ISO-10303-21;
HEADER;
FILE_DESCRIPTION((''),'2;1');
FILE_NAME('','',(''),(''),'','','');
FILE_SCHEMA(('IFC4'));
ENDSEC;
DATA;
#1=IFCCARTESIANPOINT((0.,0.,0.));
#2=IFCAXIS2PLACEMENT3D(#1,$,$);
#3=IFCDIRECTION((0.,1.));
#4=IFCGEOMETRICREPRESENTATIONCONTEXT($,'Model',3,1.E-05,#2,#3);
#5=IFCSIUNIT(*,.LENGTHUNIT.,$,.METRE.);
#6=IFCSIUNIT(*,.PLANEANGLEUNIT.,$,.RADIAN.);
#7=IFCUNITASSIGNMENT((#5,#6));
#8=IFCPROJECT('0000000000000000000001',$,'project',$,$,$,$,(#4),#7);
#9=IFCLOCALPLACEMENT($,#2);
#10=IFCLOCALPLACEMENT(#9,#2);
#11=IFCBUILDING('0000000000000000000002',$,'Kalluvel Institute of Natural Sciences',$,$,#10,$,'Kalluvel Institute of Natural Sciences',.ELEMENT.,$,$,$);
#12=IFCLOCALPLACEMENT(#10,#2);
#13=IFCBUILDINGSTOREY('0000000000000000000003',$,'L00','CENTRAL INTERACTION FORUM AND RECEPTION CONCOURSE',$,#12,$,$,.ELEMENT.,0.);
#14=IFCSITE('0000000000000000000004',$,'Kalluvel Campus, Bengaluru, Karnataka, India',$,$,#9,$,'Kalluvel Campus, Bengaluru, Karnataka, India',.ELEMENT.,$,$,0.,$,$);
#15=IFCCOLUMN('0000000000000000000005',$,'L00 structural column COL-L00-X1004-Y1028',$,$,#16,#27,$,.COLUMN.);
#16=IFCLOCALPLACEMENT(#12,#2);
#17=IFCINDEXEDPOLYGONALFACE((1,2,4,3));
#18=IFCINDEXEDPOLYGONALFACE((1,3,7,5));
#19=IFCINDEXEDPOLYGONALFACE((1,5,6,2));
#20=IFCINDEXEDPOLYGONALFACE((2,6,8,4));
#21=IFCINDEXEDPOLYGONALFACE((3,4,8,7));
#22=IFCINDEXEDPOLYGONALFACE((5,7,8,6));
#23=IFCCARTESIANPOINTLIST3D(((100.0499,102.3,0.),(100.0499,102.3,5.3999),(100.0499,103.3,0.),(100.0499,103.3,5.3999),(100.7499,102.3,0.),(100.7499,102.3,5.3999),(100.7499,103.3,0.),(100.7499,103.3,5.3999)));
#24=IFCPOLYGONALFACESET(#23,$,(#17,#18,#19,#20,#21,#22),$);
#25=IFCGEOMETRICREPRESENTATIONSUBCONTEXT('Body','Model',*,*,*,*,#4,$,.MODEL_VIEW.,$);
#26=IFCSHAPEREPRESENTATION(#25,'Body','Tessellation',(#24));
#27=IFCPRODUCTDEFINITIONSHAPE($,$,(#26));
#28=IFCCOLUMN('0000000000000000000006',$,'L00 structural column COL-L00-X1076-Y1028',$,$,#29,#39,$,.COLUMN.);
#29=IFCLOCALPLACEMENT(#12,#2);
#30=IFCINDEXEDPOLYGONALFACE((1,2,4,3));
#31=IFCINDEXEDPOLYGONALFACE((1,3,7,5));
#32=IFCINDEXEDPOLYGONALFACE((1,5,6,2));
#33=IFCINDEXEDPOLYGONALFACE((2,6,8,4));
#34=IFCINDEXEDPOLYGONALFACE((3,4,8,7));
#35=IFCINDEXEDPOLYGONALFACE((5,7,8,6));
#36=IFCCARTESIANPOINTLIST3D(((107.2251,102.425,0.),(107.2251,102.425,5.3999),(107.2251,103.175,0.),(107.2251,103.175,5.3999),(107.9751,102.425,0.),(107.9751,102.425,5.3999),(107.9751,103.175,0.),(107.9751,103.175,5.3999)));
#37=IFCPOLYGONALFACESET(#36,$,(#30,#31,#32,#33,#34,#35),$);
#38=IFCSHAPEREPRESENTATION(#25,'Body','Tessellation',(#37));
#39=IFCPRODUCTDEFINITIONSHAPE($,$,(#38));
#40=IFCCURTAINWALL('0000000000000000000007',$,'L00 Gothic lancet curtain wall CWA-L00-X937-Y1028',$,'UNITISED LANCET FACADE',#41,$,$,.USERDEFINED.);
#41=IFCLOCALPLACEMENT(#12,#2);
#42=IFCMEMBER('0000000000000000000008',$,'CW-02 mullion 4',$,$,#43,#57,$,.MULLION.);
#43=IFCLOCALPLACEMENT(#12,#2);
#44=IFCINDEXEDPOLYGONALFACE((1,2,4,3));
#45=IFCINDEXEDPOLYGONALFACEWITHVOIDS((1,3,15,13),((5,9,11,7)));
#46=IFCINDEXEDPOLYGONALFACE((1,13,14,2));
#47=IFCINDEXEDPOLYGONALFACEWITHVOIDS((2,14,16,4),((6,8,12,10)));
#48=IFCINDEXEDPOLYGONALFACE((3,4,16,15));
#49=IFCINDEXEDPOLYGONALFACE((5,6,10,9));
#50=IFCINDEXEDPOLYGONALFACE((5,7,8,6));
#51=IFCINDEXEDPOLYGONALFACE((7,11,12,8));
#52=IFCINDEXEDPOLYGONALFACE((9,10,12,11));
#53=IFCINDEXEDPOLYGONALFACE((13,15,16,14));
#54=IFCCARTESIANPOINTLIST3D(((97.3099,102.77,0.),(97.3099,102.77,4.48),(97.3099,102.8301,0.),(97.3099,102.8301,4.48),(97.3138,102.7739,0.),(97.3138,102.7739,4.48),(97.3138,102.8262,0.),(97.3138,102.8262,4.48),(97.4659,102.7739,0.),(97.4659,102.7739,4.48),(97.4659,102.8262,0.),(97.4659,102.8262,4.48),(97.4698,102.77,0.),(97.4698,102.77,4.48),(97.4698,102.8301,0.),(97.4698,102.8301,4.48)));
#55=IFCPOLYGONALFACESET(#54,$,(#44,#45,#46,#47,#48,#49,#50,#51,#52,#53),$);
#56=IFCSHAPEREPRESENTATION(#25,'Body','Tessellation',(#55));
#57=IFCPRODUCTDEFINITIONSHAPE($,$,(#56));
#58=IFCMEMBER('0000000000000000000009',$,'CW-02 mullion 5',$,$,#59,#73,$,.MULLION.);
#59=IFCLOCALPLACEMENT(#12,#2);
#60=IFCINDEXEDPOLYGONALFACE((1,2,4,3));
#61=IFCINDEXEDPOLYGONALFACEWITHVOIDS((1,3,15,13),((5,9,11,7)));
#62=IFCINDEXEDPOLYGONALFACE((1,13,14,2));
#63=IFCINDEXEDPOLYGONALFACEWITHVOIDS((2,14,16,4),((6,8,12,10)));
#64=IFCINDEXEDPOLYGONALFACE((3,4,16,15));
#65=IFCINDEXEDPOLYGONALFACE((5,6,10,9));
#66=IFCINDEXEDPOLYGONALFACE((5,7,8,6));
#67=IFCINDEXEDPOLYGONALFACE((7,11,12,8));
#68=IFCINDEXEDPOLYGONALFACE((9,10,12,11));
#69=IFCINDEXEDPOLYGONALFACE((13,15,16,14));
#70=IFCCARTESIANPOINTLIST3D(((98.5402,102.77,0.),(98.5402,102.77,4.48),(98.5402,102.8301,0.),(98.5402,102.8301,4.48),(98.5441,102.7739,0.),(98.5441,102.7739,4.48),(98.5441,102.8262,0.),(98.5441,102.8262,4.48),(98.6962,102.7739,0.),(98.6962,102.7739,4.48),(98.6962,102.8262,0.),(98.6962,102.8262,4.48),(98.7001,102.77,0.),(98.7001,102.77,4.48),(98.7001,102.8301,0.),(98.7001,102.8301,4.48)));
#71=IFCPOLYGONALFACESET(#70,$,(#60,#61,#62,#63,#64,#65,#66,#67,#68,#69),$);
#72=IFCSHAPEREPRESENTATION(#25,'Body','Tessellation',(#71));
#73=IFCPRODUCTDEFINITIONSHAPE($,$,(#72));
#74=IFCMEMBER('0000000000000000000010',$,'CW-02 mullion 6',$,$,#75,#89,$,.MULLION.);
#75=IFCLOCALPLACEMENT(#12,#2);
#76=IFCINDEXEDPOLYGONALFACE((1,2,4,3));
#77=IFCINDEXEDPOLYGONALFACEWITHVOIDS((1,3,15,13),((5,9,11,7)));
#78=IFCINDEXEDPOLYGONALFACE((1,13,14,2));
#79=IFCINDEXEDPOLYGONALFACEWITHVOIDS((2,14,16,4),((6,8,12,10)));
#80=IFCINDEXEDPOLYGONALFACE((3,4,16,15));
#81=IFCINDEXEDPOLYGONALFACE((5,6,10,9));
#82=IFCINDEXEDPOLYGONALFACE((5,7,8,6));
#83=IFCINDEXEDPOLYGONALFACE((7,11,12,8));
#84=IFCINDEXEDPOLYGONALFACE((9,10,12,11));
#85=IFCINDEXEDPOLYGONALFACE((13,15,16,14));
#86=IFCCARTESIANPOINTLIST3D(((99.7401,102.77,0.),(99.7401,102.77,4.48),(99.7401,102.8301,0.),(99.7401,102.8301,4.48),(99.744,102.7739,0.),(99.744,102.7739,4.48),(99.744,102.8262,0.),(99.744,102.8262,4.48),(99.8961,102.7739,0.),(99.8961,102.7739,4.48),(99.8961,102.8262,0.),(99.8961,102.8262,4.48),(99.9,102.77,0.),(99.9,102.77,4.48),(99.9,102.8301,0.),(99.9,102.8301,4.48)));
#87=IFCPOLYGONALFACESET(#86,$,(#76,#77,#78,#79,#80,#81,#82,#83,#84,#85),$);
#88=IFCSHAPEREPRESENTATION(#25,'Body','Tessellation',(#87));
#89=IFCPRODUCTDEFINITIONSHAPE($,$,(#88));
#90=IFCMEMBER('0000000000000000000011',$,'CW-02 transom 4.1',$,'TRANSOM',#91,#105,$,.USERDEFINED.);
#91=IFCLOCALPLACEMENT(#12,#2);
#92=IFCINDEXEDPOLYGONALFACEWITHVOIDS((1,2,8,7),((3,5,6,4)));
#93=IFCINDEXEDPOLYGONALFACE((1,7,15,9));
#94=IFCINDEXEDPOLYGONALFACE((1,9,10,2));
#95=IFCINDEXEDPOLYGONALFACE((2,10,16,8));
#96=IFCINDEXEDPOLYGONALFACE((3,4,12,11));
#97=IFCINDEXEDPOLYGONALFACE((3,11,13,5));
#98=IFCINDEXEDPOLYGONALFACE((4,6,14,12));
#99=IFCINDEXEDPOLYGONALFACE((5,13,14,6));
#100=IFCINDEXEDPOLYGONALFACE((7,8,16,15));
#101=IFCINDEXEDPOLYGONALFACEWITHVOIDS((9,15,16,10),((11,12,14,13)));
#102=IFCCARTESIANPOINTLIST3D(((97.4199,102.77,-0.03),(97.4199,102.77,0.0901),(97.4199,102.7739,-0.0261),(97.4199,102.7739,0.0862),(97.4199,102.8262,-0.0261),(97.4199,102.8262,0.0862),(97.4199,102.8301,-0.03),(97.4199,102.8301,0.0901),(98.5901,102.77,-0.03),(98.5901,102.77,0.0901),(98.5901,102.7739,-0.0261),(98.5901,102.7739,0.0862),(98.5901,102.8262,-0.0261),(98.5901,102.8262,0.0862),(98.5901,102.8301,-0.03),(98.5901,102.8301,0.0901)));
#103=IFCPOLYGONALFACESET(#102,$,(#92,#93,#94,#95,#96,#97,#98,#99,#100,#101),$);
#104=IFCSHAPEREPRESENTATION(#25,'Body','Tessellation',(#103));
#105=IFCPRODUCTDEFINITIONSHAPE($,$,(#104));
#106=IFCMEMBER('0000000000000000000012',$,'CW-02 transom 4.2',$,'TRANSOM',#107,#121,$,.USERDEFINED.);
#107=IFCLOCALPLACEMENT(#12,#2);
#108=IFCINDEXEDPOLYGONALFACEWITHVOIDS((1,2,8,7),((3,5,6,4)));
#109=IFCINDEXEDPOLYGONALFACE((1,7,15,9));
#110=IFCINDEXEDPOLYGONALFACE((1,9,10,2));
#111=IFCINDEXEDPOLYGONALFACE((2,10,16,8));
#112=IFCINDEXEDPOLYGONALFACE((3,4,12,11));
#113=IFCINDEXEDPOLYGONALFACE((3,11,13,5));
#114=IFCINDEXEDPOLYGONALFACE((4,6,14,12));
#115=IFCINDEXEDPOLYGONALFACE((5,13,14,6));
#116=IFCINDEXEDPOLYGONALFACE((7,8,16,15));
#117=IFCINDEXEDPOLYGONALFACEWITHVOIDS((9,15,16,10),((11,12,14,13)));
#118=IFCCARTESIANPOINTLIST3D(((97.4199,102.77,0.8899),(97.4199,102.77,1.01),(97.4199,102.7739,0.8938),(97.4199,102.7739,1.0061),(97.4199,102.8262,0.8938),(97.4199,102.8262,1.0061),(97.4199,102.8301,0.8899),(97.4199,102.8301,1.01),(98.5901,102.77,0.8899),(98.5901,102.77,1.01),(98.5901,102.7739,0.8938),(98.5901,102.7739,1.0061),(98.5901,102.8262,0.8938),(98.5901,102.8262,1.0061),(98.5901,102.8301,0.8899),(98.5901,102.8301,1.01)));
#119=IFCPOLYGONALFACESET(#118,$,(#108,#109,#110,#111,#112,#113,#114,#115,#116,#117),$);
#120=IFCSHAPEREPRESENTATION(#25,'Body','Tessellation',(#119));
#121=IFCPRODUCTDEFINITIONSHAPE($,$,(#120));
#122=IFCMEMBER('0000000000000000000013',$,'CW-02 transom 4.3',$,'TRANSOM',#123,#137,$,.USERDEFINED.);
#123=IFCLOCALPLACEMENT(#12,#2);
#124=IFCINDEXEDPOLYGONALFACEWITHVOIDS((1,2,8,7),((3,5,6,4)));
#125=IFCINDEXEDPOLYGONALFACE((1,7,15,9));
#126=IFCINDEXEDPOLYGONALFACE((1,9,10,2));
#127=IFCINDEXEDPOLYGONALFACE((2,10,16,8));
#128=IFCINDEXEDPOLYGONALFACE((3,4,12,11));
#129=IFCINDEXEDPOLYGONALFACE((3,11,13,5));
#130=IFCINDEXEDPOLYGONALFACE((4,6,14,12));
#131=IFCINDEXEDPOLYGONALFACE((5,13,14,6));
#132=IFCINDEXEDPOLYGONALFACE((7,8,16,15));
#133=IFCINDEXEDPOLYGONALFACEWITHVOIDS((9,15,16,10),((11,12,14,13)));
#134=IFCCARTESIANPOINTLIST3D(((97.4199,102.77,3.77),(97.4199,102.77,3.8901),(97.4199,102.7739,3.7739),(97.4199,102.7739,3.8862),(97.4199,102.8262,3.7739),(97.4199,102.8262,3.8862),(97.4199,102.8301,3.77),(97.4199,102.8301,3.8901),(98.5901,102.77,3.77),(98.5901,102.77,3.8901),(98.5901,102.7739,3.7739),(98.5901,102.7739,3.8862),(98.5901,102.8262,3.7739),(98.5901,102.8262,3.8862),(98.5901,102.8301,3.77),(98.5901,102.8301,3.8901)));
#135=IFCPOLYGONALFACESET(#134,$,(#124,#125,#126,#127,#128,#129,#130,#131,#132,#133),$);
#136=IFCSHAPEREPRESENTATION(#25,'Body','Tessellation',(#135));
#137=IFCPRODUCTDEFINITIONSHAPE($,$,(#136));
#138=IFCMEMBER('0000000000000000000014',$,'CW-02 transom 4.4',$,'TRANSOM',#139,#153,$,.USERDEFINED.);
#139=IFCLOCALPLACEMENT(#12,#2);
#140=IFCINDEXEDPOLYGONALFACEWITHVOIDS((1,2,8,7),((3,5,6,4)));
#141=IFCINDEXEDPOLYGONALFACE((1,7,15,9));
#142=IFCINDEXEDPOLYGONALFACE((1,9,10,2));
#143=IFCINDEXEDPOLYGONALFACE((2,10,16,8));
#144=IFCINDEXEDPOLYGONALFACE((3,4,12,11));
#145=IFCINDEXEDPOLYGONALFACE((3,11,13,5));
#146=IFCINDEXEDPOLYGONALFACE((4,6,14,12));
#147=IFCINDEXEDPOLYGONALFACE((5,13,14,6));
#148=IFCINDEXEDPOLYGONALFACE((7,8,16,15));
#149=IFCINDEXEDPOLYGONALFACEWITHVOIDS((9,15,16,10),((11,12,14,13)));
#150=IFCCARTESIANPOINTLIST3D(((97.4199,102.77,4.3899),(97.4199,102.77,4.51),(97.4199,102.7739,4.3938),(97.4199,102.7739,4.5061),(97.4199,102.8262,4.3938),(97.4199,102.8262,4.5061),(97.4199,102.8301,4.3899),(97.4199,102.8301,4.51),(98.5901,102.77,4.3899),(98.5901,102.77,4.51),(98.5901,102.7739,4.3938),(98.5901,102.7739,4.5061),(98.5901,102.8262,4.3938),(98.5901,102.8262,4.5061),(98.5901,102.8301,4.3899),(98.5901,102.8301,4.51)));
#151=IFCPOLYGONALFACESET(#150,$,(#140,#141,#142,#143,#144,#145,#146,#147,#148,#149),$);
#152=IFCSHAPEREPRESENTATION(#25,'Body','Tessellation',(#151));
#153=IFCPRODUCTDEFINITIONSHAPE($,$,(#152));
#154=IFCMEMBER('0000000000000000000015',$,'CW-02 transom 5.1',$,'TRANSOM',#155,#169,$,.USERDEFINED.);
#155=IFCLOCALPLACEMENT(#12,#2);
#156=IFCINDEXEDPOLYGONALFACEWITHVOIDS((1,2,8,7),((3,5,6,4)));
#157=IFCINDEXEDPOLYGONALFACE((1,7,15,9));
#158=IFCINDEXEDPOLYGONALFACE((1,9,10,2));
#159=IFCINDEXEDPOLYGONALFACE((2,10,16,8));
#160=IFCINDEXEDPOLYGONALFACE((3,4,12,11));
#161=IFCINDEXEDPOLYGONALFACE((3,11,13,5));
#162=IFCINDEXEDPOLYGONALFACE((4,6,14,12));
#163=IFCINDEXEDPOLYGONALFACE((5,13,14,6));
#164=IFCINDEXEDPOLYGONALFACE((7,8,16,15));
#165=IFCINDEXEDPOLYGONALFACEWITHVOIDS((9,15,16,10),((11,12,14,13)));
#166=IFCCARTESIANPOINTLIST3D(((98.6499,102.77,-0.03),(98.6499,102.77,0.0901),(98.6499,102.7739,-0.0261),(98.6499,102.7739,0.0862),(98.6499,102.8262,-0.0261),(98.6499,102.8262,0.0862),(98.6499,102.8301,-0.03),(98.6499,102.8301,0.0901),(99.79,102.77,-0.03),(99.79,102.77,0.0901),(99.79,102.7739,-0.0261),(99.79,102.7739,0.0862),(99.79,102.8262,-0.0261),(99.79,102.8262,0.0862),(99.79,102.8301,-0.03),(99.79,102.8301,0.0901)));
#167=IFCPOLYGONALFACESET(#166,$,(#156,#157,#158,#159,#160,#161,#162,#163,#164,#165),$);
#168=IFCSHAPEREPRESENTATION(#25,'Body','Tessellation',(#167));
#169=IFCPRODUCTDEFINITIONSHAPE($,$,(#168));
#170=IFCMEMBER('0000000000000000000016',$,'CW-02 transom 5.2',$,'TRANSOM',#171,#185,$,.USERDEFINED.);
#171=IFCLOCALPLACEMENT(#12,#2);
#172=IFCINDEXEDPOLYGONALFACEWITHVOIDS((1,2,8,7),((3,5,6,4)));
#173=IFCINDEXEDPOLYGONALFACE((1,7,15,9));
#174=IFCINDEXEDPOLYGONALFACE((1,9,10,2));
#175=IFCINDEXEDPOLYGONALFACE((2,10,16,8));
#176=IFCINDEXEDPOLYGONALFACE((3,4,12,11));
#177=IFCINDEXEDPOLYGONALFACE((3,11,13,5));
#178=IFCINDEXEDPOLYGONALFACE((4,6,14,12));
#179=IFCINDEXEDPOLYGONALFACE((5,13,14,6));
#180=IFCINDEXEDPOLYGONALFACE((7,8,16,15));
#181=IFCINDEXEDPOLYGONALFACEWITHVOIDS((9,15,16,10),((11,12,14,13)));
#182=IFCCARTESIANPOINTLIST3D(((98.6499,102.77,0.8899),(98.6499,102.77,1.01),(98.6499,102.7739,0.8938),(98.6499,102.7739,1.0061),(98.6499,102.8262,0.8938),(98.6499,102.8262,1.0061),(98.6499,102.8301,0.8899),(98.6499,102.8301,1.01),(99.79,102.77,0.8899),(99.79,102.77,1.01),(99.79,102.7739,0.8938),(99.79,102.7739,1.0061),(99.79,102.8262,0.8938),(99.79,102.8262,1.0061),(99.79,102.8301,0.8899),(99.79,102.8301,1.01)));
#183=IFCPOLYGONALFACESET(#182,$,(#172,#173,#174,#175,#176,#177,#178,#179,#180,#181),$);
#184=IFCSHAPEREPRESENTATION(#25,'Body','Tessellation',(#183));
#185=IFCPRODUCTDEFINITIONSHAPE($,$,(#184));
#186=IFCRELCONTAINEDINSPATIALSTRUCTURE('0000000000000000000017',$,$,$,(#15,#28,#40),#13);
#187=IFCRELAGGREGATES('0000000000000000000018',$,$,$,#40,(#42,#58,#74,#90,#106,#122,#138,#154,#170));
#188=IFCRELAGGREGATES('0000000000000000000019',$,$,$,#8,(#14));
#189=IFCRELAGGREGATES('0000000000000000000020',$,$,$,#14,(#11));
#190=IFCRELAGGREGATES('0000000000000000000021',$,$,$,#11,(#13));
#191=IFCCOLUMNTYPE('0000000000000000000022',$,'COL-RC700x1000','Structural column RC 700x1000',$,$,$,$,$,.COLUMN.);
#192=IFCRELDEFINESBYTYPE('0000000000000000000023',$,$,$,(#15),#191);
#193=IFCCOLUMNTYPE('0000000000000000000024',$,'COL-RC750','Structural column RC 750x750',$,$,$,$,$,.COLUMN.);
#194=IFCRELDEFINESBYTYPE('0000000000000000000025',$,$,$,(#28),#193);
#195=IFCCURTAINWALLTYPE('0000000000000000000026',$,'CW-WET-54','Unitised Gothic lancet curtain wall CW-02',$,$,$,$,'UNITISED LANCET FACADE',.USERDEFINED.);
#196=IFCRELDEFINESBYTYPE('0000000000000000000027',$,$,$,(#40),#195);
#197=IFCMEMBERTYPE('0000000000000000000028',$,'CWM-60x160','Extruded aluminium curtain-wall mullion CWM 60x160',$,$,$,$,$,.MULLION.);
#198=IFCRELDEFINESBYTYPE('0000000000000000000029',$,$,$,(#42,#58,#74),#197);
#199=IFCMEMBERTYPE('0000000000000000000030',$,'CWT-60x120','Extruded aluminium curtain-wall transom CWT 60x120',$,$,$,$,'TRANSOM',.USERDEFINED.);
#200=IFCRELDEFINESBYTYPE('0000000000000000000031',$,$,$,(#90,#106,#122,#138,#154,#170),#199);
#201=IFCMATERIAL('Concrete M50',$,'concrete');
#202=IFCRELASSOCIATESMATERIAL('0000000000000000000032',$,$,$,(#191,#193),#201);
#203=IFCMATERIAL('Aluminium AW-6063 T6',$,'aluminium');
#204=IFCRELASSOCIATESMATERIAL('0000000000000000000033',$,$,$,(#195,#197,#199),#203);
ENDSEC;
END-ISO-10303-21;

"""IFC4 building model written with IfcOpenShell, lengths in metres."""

from ifc_helpers import new_model, si_unit, direction, frame, origin, origin_2d, place, context, subcontext, project, spatial, rectangle, hollow_rectangle, extrude, material, material_profile, profile_set, type_object, element, aggregate, save


model = new_model("IFC4")

# Units and contexts
model_context = context("Model", 3, precision=1e-05, world=origin(), true_north=direction((0.0, 1.0)))
body_context = subcontext(model_context, "Body", "Model", "MODEL_VIEW")
ifc_project = project(units=[si_unit("LENGTHUNIT", "METRE"), si_unit("PLANEANGLEUNIT", "RADIAN")], contexts=[model_context])

# Site, building, storey
site_placement = place(None, origin())
site = spatial("IfcSite", under=ifc_project, at=site_placement, Name="Kalluvel Campus, Bengaluru, Karnataka, India", LongName="Kalluvel Campus, Bengaluru, Karnataka, India", CompositionType="ELEMENT", RefElevation=0.0)
building_placement = place(site_placement, origin())
building = spatial("IfcBuilding", under=site, at=building_placement, Name="Kalluvel Institute of Natural Sciences", LongName="Kalluvel Institute of Natural Sciences", CompositionType="ELEMENT")
storey_placement = place(building_placement, origin())
storey = spatial("IfcBuildingStorey", under=building, at=storey_placement, Name="L00", Description="CENTRAL INTERACTION FORUM AND RECEPTION CONCOURSE", CompositionType="ELEMENT", Elevation=0.0)

# Columns
ifc_material_1 = material(Name="Concrete M50", Category="concrete")
ifc_material_profile_1 = material_profile(ifc_material_1, rectangle(XDim=0.7, YDim=1.0, at=origin_2d()), Name="RC 700x1000")
ifc_profile_set_1 = profile_set([ifc_material_profile_1], Name="Concrete M50")
column_type_1 = type_object("IfcColumnType", Name="COL-RC700x1000", Description="Structural column RC 700x1000", PredefinedType="COLUMN", material=ifc_profile_set_1)
column_1_placement = place(storey_placement, frame((100.3999, 102.8, 0.0), z_axis=(0.0, 0.0, 1.0), x_axis=(1.0, 0.0, 0.0)))
element("IfcColumn", 1, at=column_1_placement, inside=storey, type_object=column_type_1, Name="L00 structural column COL-L00-X1004-Y1028", PredefinedType="COLUMN", context=body_context, shape_type="SweptSolid", body=[
    extrude(rectangle(XDim=0.7, YDim=1.0, at=origin_2d()), origin(), (0.0, 0.0, 1.0), 5.3999),
])
ifc_material_profile_2 = material_profile(ifc_material_1, rectangle(XDim=0.75, YDim=0.75, at=origin_2d()), Name="RC 750x750")
ifc_profile_set_2 = profile_set([ifc_material_profile_2], Name="Concrete M50")
column_type_2 = type_object("IfcColumnType", Name="COL-RC750", Description="Structural column RC 750x750", PredefinedType="COLUMN", material=ifc_profile_set_2)
column_2_placement = place(storey_placement, frame((107.6001, 102.8, 0.0), z_axis=(0.0, 0.0, 1.0), x_axis=(1.0, 0.0, 0.0)))
element("IfcColumn", 2, at=column_2_placement, inside=storey, type_object=column_type_2, Name="L00 structural column COL-L00-X1076-Y1028", PredefinedType="COLUMN", context=body_context, shape_type="SweptSolid", body=[
    extrude(rectangle(XDim=0.75, YDim=0.75, at=origin_2d()), origin(), (0.0, 0.0, 1.0), 5.3999),
])

# Curtain wall, members
ifc_material_2 = material(Name="Aluminium AW-6063 T6", Category="aluminium")
curtain_wall_type = type_object("IfcCurtainWallType", Name="CW-WET-54", Description="Unitised Gothic lancet curtain wall CW-02", ElementType="UNITISED LANCET FACADE", PredefinedType="USERDEFINED", material=ifc_material_2)
curtain_wall_placement = place(storey_placement, origin())
curtain_wall = element("IfcCurtainWall", 3, at=curtain_wall_placement, inside=storey, type_object=curtain_wall_type, Name="L00 Gothic lancet curtain wall CWA-L00-X937-Y1028", ObjectType="UNITISED LANCET FACADE", PredefinedType="USERDEFINED")
ifc_material_profile_3 = material_profile(ifc_material_2, hollow_rectangle(XDim=0.0601, YDim=0.1599, WallThickness=0.0039, at=origin_2d()), Name="CWM 60x160")
ifc_profile_set_3 = profile_set([ifc_material_profile_3], Name="Aluminium AW-6063 T6")
member_type_1 = type_object("IfcMemberType", Name="CWM-60x160", Description="Extruded aluminium curtain-wall mullion CWM 60x160", PredefinedType="MULLION", material=ifc_profile_set_3)
member_1_placement = place(storey_placement, frame((97.3899, 102.8, 0.0), z_axis=(0.0, 0.0, 1.0), x_axis=(0.0, 1.0, 0.0)))
member_1 = element("IfcMember", 4, at=member_1_placement, type_object=member_type_1, Name="CW-02 mullion 4", PredefinedType="MULLION", context=body_context, shape_type="SweptSolid", body=[
    extrude(hollow_rectangle(XDim=0.0601, YDim=0.1599, WallThickness=0.0039, at=origin_2d()), origin(), (0.0, 0.0, 1.0), 4.48),
])
member_2_placement = place(storey_placement, frame((98.6201, 102.8, 0.0), z_axis=(0.0, 0.0, 1.0), x_axis=(0.0, 1.0, 0.0)))
member_2 = element("IfcMember", 5, at=member_2_placement, type_object=member_type_1, Name="CW-02 mullion 5", PredefinedType="MULLION", context=body_context, shape_type="SweptSolid", body=[
    extrude(hollow_rectangle(XDim=0.0601, YDim=0.1599, WallThickness=0.0039, at=origin_2d()), origin(), (0.0, 0.0, 1.0), 4.48),
])
member_3_placement = place(storey_placement, frame((99.8201, 102.8, 0.0), z_axis=(0.0, 0.0, 1.0), x_axis=(0.0, 1.0, 0.0)))
member_3 = element("IfcMember", 6, at=member_3_placement, type_object=member_type_1, Name="CW-02 mullion 6", PredefinedType="MULLION", context=body_context, shape_type="SweptSolid", body=[
    extrude(hollow_rectangle(XDim=0.0601, YDim=0.1599, WallThickness=0.0039, at=origin_2d()), origin(), (0.0, 0.0, 1.0), 4.48),
])
ifc_material_profile_4 = material_profile(ifc_material_2, hollow_rectangle(XDim=0.0601, YDim=0.1201, WallThickness=0.0039, at=origin_2d()), Name="CWT 60x120")
ifc_profile_set_4 = profile_set([ifc_material_profile_4], Name="Aluminium AW-6063 T6")
member_type_2 = type_object("IfcMemberType", Name="CWT-60x120", Description="Extruded aluminium curtain-wall transom CWT 60x120", ElementType="TRANSOM", PredefinedType="USERDEFINED", material=ifc_profile_set_4)
member_4_placement = place(storey_placement, frame((97.4199, 102.8, 0.03), z_axis=(1.0, 0.0, 0.0), x_axis=(0.0, 1.0, 0.0)))
member_4 = element("IfcMember", 7, at=member_4_placement, type_object=member_type_2, Name="CW-02 transom 4.1", ObjectType="TRANSOM", PredefinedType="USERDEFINED", context=body_context, shape_type="SweptSolid", body=[
    extrude(hollow_rectangle(XDim=0.0601, YDim=0.1201, WallThickness=0.0039, at=origin_2d()), origin(), (0.0, 0.0, 1.0), 1.1702),
])
member_5_placement = place(storey_placement, frame((97.4199, 102.8, 0.95), z_axis=(1.0, 0.0, 0.0), x_axis=(0.0, 1.0, 0.0)))
member_5 = element("IfcMember", 8, at=member_5_placement, type_object=member_type_2, Name="CW-02 transom 4.2", ObjectType="TRANSOM", PredefinedType="USERDEFINED", context=body_context, shape_type="SweptSolid", body=[
    extrude(hollow_rectangle(XDim=0.0601, YDim=0.1201, WallThickness=0.0039, at=origin_2d()), origin(), (0.0, 0.0, 1.0), 1.1702),
])
member_6_placement = place(storey_placement, frame((97.4199, 102.8, 3.8301), z_axis=(1.0, 0.0, 0.0), x_axis=(0.0, 1.0, 0.0)))
member_6 = element("IfcMember", 9, at=member_6_placement, type_object=member_type_2, Name="CW-02 transom 4.3", ObjectType="TRANSOM", PredefinedType="USERDEFINED", context=body_context, shape_type="SweptSolid", body=[
    extrude(hollow_rectangle(XDim=0.0601, YDim=0.1201, WallThickness=0.0039, at=origin_2d()), origin(), (0.0, 0.0, 1.0), 1.1702),
])
member_7_placement = place(storey_placement, frame((97.4199, 102.8, 4.45), z_axis=(1.0, 0.0, 0.0), x_axis=(0.0, 1.0, 0.0)))
member_7 = element("IfcMember", 10, at=member_7_placement, type_object=member_type_2, Name="CW-02 transom 4.4", ObjectType="TRANSOM", PredefinedType="USERDEFINED", context=body_context, shape_type="SweptSolid", body=[
    extrude(hollow_rectangle(XDim=0.0601, YDim=0.1201, WallThickness=0.0039, at=origin_2d()), origin(), (0.0, 0.0, 1.0), 1.1702),
])
member_8_placement = place(storey_placement, frame((98.6499, 102.8, 0.03), z_axis=(1.0, 0.0, 0.0), x_axis=(0.0, 1.0, 0.0)))
member_8 = element("IfcMember", 11, at=member_8_placement, type_object=member_type_2, Name="CW-02 transom 5.1", ObjectType="TRANSOM", PredefinedType="USERDEFINED", context=body_context, shape_type="SweptSolid", body=[
    extrude(hollow_rectangle(XDim=0.0601, YDim=0.1201, WallThickness=0.0039, at=origin_2d()), origin(), (0.0, 0.0, 1.0), 1.1401),
])
member_9_placement = place(storey_placement, frame((98.6499, 102.8, 0.95), z_axis=(1.0, 0.0, 0.0), x_axis=(0.0, 1.0, 0.0)))
member_9 = element("IfcMember", 12, at=member_9_placement, type_object=member_type_2, Name="CW-02 transom 5.2", ObjectType="TRANSOM", PredefinedType="USERDEFINED", context=body_context, shape_type="SweptSolid", body=[
    extrude(hollow_rectangle(XDim=0.0601, YDim=0.1201, WallThickness=0.0039, at=origin_2d()), origin(), (0.0, 0.0, 1.0), 1.1401),
])

aggregate(curtain_wall, [member_1, member_2, member_3, member_4, member_5, member_6, member_7, member_8, member_9])

save(model, "model.ifc")
